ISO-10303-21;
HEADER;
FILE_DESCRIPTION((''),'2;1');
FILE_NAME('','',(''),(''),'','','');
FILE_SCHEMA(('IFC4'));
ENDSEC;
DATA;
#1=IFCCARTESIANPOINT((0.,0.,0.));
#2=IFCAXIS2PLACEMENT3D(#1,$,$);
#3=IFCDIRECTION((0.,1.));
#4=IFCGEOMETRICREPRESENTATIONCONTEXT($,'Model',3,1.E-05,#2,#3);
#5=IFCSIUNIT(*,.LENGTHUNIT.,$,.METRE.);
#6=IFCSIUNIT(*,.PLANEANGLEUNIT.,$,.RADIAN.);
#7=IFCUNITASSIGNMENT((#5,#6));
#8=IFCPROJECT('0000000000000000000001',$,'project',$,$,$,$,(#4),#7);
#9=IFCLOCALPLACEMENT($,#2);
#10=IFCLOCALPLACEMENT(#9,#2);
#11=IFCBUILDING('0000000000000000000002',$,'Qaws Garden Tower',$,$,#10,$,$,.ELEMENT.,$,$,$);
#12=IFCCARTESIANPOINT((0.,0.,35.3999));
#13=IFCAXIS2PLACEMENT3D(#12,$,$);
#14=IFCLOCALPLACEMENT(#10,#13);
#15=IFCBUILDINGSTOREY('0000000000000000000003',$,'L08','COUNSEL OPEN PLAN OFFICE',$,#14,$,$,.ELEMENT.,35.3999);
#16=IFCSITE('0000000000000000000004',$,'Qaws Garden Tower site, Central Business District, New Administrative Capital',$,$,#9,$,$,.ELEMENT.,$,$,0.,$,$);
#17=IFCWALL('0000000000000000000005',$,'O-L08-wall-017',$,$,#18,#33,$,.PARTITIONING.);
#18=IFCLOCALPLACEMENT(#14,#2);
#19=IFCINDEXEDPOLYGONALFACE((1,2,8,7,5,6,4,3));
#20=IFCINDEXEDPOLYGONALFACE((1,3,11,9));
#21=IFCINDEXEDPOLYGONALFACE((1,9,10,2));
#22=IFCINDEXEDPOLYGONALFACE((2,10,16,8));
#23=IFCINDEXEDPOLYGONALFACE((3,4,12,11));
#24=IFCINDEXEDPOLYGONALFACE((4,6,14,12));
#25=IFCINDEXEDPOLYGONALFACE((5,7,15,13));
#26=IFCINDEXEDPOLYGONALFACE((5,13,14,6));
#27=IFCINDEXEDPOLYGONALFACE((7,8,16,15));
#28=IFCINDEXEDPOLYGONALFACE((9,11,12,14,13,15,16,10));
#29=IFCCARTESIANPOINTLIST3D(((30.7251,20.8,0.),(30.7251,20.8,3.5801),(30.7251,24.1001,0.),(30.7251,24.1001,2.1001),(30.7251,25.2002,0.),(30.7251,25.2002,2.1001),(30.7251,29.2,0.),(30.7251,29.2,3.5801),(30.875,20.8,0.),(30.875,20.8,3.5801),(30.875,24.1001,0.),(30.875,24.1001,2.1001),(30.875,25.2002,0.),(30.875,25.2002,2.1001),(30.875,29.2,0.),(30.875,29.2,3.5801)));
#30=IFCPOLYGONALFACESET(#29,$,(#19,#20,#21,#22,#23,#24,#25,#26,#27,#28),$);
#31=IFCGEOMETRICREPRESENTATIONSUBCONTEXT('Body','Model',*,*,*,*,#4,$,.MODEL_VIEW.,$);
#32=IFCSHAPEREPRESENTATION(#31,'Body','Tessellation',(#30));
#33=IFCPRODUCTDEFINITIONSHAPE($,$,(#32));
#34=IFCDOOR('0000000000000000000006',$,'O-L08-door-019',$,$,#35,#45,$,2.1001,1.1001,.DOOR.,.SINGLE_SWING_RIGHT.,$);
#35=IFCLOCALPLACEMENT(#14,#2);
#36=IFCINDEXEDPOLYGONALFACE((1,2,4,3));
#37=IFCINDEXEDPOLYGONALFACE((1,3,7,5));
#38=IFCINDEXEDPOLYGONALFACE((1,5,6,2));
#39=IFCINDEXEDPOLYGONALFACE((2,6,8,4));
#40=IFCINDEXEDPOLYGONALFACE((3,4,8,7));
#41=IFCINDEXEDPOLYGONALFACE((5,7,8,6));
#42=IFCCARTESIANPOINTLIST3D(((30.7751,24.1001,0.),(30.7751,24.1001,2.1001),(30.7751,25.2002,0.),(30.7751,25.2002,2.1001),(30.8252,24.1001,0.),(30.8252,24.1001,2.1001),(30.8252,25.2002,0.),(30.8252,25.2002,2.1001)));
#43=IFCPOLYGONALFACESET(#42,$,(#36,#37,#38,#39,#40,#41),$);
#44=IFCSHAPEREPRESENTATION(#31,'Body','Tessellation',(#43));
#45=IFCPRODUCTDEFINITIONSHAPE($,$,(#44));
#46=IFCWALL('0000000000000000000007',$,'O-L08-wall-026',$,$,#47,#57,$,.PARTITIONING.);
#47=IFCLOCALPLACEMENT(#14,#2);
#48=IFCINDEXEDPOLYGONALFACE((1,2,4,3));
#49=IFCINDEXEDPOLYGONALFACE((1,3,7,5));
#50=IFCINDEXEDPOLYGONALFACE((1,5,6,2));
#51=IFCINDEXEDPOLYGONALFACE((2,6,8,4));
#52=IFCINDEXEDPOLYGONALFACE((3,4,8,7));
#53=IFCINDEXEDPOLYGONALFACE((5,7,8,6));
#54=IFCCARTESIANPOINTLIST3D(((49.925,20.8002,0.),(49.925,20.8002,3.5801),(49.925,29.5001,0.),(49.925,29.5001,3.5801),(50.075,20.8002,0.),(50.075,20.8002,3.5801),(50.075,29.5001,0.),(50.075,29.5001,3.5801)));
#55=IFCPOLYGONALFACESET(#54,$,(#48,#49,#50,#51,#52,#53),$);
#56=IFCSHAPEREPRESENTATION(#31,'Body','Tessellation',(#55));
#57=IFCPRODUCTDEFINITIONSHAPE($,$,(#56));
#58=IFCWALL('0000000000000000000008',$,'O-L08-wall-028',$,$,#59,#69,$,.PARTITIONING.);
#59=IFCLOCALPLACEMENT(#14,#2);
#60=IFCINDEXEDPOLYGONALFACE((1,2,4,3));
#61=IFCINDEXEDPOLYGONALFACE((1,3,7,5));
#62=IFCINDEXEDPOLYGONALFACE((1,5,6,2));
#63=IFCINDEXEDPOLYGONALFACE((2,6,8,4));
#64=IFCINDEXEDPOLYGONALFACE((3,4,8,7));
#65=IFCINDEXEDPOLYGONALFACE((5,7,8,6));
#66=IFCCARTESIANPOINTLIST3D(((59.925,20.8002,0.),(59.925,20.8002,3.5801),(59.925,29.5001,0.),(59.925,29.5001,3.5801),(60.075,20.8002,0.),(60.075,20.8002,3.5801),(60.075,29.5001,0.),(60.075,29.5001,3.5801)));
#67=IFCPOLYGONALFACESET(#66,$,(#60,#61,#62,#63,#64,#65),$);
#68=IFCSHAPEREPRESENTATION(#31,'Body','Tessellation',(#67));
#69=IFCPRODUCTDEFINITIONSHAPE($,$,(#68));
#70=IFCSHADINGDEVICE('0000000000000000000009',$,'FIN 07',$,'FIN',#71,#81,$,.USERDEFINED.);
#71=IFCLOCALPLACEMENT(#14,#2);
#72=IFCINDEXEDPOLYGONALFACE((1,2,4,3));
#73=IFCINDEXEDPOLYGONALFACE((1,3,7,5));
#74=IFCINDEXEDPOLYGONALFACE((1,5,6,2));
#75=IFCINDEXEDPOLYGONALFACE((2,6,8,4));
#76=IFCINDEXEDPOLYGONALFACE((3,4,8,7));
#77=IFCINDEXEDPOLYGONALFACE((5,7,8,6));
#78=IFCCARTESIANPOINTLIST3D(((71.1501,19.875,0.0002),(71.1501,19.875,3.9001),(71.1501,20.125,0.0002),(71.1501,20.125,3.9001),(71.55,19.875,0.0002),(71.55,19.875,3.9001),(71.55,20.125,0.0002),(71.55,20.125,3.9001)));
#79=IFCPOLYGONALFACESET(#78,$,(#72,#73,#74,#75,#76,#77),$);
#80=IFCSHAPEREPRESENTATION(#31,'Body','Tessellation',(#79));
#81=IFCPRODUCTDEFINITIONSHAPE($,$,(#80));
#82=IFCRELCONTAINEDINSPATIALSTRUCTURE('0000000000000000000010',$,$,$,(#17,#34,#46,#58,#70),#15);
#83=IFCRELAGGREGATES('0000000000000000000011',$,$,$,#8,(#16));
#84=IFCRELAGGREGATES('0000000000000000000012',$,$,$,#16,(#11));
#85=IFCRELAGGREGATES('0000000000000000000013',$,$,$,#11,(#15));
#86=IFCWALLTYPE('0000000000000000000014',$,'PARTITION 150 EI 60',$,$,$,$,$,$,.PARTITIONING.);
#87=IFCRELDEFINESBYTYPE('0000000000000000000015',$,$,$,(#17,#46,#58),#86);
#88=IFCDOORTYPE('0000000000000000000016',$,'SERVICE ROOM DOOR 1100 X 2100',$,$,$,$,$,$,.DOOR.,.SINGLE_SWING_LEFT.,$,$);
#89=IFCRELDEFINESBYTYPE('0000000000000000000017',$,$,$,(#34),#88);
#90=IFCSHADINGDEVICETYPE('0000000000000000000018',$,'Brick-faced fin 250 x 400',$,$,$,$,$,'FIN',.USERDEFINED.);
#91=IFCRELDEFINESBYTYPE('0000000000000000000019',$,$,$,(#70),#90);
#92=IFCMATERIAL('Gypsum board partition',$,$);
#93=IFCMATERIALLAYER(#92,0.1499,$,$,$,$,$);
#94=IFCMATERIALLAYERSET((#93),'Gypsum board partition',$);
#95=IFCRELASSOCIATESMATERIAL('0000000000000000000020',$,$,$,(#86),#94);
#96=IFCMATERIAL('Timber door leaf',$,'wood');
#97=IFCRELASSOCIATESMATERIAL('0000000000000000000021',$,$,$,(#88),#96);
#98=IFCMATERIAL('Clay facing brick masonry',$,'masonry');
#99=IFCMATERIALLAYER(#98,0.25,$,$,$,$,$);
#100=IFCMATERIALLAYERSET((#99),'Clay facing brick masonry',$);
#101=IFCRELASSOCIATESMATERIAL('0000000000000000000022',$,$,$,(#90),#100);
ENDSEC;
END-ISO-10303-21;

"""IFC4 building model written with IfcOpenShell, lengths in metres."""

from ifc_helpers import new_model, si_unit, direction, frame, frame_2d, origin, origin_2d, place, context, subcontext, project, spatial, rectangle, extrude, material, layer, layer_set, type_object, element, fill, save


model = new_model("IFC4")

# Units and contexts
model_context = context("Model", 3, precision=1e-05, world=origin(), true_north=direction((0.0, 1.0)))
body_context = subcontext(model_context, "Body", "Model", "MODEL_VIEW")
ifc_project = project(units=[si_unit("LENGTHUNIT", "METRE"), si_unit("PLANEANGLEUNIT", "RADIAN")], contexts=[model_context])

# Site, building, storey
site_placement = place(None, origin())
site = spatial("IfcSite", under=ifc_project, at=site_placement, Name="Qaws Garden Tower site, Central Business District, New Administrative Capital", CompositionType="ELEMENT", RefElevation=0.0)
building_placement = place(site_placement, origin())
building = spatial("IfcBuilding", under=site, at=building_placement, Name="Qaws Garden Tower", CompositionType="ELEMENT")
storey_placement = place(building_placement, frame((0.0, 0.0, 35.3999)))
storey = spatial("IfcBuildingStorey", under=building, at=storey_placement, Name="L08", Description="COUNSEL OPEN PLAN OFFICE", CompositionType="ELEMENT", Elevation=35.3999)

# Wall, opening, door
ifc_material_1 = material(Name="Gypsum board partition")
ifc_layer_1 = layer(ifc_material_1, 0.1499)
ifc_layer_set_1 = layer_set([ifc_layer_1], Name="Gypsum board partition")
wall_type = type_object("IfcWallType", Name="PARTITION 150 EI 60", PredefinedType="PARTITIONING", material=ifc_layer_set_1)
wall_placement = place(storey_placement, frame((30.8, 20.8, 0.0), z_axis=(0.0, 0.0, 1.0), x_axis=(0.0, 1.0, 0.0)))
wall = element("IfcWall", 1, at=wall_placement, inside=storey, type_object=wall_type, Name="O-L08-wall-017", PredefinedType="PARTITIONING", context=body_context, shape_type="SweptSolid", body=[
    extrude(rectangle(XDim=8.3999, YDim=0.1499, at=frame_2d((4.2, 0.0))), origin(), (0.0, 0.0, 1.0), 3.5801),
])
opening_placement = place(wall_placement, frame((3.3, 0.0, 0.0)))
opening = element("IfcOpeningElement", 2, at=opening_placement, cuts=wall, PredefinedType="OPENING", context=body_context, shape_type="SweptSolid", body=[
    extrude(rectangle(XDim=1.1001, YDim=2.1001, at=frame_2d((0.55, 1.05))), frame((0.0, 0.085, 0.0), z_axis=(0.0, -1.0, 0.0), x_axis=(1.0, 0.0, 0.0)), (0.0, 0.0, 1.0), 0.1699),
])
ifc_material_2 = material(Name="Timber door leaf", Category="wood")
door_type = type_object("IfcDoorType", Name="SERVICE ROOM DOOR 1100 X 2100", OperationType="SINGLE_SWING_LEFT", PredefinedType="DOOR", material=ifc_material_2)
door_placement = place(opening_placement, origin())
door = element("IfcDoor", 3, at=door_placement, inside=storey, type_object=door_type, Name="O-L08-door-019", OperationType="SINGLE_SWING_RIGHT", OverallHeight=2.1001, OverallWidth=1.1001, PredefinedType="DOOR", context=body_context, shape_type="SweptSolid", body=[
    extrude(rectangle(XDim=1.1001, YDim=2.1001, at=frame_2d((0.55, 1.05))), frame((0.0, 0.0249, 0.0), z_axis=(0.0, -1.0, 0.0), x_axis=(1.0, 0.0, 0.0)), (0.0, 0.0, 1.0), 0.05),
])
fill(opening, door)

# Walls
for number, where, z_axis, x_axis, name in (
    (4, (50.0, 20.8, 0.0), (0.0, 0.0, 1.0), (0.0, 1.0, 0.0), "O-L08-wall-026"),
    (5, (60.0, 20.8, 0.0), (0.0, 0.0, 1.0), (0.0, 1.0, 0.0), "O-L08-wall-028"),
):
    element("IfcWall", number, at=place(storey_placement, frame(where, z_axis=z_axis, x_axis=x_axis)), inside=storey, type_object=wall_type, Name=name, PredefinedType="PARTITIONING", context=body_context, shape_type="SweptSolid", body=[
        extrude(rectangle(XDim=8.7, YDim=0.1499, at=frame_2d((4.3501, 0.0))), origin(), (0.0, 0.0, 1.0), 3.5801),
    ])

# Shading device
ifc_material_3 = material(Name="Clay facing brick masonry", Category="masonry")
ifc_layer_2 = layer(ifc_material_3, 0.25)
ifc_layer_set_2 = layer_set([ifc_layer_2], Name="Clay facing brick masonry")
shading_device_type = type_object("IfcShadingDeviceType", Name="Brick-faced fin 250 x 400", ElementType="FIN", PredefinedType="USERDEFINED", material=ifc_layer_set_2)
shading_device_placement = place(storey_placement, frame((71.3501, 20.0, 0.0002), z_axis=(0.0, 0.0, 1.0), x_axis=(0.0, 1.0, 0.0)))
element("IfcShadingDevice", 6, at=shading_device_placement, inside=storey, type_object=shading_device_type, Name="FIN 07", ObjectType="FIN", PredefinedType="USERDEFINED", context=body_context, shape_type="SweptSolid", body=[
    extrude(rectangle(XDim=0.25, YDim=0.3999, at=origin_2d()), origin(), (0.0, 0.0, 1.0), 3.8999),
])

save(model, "model.ifc")
